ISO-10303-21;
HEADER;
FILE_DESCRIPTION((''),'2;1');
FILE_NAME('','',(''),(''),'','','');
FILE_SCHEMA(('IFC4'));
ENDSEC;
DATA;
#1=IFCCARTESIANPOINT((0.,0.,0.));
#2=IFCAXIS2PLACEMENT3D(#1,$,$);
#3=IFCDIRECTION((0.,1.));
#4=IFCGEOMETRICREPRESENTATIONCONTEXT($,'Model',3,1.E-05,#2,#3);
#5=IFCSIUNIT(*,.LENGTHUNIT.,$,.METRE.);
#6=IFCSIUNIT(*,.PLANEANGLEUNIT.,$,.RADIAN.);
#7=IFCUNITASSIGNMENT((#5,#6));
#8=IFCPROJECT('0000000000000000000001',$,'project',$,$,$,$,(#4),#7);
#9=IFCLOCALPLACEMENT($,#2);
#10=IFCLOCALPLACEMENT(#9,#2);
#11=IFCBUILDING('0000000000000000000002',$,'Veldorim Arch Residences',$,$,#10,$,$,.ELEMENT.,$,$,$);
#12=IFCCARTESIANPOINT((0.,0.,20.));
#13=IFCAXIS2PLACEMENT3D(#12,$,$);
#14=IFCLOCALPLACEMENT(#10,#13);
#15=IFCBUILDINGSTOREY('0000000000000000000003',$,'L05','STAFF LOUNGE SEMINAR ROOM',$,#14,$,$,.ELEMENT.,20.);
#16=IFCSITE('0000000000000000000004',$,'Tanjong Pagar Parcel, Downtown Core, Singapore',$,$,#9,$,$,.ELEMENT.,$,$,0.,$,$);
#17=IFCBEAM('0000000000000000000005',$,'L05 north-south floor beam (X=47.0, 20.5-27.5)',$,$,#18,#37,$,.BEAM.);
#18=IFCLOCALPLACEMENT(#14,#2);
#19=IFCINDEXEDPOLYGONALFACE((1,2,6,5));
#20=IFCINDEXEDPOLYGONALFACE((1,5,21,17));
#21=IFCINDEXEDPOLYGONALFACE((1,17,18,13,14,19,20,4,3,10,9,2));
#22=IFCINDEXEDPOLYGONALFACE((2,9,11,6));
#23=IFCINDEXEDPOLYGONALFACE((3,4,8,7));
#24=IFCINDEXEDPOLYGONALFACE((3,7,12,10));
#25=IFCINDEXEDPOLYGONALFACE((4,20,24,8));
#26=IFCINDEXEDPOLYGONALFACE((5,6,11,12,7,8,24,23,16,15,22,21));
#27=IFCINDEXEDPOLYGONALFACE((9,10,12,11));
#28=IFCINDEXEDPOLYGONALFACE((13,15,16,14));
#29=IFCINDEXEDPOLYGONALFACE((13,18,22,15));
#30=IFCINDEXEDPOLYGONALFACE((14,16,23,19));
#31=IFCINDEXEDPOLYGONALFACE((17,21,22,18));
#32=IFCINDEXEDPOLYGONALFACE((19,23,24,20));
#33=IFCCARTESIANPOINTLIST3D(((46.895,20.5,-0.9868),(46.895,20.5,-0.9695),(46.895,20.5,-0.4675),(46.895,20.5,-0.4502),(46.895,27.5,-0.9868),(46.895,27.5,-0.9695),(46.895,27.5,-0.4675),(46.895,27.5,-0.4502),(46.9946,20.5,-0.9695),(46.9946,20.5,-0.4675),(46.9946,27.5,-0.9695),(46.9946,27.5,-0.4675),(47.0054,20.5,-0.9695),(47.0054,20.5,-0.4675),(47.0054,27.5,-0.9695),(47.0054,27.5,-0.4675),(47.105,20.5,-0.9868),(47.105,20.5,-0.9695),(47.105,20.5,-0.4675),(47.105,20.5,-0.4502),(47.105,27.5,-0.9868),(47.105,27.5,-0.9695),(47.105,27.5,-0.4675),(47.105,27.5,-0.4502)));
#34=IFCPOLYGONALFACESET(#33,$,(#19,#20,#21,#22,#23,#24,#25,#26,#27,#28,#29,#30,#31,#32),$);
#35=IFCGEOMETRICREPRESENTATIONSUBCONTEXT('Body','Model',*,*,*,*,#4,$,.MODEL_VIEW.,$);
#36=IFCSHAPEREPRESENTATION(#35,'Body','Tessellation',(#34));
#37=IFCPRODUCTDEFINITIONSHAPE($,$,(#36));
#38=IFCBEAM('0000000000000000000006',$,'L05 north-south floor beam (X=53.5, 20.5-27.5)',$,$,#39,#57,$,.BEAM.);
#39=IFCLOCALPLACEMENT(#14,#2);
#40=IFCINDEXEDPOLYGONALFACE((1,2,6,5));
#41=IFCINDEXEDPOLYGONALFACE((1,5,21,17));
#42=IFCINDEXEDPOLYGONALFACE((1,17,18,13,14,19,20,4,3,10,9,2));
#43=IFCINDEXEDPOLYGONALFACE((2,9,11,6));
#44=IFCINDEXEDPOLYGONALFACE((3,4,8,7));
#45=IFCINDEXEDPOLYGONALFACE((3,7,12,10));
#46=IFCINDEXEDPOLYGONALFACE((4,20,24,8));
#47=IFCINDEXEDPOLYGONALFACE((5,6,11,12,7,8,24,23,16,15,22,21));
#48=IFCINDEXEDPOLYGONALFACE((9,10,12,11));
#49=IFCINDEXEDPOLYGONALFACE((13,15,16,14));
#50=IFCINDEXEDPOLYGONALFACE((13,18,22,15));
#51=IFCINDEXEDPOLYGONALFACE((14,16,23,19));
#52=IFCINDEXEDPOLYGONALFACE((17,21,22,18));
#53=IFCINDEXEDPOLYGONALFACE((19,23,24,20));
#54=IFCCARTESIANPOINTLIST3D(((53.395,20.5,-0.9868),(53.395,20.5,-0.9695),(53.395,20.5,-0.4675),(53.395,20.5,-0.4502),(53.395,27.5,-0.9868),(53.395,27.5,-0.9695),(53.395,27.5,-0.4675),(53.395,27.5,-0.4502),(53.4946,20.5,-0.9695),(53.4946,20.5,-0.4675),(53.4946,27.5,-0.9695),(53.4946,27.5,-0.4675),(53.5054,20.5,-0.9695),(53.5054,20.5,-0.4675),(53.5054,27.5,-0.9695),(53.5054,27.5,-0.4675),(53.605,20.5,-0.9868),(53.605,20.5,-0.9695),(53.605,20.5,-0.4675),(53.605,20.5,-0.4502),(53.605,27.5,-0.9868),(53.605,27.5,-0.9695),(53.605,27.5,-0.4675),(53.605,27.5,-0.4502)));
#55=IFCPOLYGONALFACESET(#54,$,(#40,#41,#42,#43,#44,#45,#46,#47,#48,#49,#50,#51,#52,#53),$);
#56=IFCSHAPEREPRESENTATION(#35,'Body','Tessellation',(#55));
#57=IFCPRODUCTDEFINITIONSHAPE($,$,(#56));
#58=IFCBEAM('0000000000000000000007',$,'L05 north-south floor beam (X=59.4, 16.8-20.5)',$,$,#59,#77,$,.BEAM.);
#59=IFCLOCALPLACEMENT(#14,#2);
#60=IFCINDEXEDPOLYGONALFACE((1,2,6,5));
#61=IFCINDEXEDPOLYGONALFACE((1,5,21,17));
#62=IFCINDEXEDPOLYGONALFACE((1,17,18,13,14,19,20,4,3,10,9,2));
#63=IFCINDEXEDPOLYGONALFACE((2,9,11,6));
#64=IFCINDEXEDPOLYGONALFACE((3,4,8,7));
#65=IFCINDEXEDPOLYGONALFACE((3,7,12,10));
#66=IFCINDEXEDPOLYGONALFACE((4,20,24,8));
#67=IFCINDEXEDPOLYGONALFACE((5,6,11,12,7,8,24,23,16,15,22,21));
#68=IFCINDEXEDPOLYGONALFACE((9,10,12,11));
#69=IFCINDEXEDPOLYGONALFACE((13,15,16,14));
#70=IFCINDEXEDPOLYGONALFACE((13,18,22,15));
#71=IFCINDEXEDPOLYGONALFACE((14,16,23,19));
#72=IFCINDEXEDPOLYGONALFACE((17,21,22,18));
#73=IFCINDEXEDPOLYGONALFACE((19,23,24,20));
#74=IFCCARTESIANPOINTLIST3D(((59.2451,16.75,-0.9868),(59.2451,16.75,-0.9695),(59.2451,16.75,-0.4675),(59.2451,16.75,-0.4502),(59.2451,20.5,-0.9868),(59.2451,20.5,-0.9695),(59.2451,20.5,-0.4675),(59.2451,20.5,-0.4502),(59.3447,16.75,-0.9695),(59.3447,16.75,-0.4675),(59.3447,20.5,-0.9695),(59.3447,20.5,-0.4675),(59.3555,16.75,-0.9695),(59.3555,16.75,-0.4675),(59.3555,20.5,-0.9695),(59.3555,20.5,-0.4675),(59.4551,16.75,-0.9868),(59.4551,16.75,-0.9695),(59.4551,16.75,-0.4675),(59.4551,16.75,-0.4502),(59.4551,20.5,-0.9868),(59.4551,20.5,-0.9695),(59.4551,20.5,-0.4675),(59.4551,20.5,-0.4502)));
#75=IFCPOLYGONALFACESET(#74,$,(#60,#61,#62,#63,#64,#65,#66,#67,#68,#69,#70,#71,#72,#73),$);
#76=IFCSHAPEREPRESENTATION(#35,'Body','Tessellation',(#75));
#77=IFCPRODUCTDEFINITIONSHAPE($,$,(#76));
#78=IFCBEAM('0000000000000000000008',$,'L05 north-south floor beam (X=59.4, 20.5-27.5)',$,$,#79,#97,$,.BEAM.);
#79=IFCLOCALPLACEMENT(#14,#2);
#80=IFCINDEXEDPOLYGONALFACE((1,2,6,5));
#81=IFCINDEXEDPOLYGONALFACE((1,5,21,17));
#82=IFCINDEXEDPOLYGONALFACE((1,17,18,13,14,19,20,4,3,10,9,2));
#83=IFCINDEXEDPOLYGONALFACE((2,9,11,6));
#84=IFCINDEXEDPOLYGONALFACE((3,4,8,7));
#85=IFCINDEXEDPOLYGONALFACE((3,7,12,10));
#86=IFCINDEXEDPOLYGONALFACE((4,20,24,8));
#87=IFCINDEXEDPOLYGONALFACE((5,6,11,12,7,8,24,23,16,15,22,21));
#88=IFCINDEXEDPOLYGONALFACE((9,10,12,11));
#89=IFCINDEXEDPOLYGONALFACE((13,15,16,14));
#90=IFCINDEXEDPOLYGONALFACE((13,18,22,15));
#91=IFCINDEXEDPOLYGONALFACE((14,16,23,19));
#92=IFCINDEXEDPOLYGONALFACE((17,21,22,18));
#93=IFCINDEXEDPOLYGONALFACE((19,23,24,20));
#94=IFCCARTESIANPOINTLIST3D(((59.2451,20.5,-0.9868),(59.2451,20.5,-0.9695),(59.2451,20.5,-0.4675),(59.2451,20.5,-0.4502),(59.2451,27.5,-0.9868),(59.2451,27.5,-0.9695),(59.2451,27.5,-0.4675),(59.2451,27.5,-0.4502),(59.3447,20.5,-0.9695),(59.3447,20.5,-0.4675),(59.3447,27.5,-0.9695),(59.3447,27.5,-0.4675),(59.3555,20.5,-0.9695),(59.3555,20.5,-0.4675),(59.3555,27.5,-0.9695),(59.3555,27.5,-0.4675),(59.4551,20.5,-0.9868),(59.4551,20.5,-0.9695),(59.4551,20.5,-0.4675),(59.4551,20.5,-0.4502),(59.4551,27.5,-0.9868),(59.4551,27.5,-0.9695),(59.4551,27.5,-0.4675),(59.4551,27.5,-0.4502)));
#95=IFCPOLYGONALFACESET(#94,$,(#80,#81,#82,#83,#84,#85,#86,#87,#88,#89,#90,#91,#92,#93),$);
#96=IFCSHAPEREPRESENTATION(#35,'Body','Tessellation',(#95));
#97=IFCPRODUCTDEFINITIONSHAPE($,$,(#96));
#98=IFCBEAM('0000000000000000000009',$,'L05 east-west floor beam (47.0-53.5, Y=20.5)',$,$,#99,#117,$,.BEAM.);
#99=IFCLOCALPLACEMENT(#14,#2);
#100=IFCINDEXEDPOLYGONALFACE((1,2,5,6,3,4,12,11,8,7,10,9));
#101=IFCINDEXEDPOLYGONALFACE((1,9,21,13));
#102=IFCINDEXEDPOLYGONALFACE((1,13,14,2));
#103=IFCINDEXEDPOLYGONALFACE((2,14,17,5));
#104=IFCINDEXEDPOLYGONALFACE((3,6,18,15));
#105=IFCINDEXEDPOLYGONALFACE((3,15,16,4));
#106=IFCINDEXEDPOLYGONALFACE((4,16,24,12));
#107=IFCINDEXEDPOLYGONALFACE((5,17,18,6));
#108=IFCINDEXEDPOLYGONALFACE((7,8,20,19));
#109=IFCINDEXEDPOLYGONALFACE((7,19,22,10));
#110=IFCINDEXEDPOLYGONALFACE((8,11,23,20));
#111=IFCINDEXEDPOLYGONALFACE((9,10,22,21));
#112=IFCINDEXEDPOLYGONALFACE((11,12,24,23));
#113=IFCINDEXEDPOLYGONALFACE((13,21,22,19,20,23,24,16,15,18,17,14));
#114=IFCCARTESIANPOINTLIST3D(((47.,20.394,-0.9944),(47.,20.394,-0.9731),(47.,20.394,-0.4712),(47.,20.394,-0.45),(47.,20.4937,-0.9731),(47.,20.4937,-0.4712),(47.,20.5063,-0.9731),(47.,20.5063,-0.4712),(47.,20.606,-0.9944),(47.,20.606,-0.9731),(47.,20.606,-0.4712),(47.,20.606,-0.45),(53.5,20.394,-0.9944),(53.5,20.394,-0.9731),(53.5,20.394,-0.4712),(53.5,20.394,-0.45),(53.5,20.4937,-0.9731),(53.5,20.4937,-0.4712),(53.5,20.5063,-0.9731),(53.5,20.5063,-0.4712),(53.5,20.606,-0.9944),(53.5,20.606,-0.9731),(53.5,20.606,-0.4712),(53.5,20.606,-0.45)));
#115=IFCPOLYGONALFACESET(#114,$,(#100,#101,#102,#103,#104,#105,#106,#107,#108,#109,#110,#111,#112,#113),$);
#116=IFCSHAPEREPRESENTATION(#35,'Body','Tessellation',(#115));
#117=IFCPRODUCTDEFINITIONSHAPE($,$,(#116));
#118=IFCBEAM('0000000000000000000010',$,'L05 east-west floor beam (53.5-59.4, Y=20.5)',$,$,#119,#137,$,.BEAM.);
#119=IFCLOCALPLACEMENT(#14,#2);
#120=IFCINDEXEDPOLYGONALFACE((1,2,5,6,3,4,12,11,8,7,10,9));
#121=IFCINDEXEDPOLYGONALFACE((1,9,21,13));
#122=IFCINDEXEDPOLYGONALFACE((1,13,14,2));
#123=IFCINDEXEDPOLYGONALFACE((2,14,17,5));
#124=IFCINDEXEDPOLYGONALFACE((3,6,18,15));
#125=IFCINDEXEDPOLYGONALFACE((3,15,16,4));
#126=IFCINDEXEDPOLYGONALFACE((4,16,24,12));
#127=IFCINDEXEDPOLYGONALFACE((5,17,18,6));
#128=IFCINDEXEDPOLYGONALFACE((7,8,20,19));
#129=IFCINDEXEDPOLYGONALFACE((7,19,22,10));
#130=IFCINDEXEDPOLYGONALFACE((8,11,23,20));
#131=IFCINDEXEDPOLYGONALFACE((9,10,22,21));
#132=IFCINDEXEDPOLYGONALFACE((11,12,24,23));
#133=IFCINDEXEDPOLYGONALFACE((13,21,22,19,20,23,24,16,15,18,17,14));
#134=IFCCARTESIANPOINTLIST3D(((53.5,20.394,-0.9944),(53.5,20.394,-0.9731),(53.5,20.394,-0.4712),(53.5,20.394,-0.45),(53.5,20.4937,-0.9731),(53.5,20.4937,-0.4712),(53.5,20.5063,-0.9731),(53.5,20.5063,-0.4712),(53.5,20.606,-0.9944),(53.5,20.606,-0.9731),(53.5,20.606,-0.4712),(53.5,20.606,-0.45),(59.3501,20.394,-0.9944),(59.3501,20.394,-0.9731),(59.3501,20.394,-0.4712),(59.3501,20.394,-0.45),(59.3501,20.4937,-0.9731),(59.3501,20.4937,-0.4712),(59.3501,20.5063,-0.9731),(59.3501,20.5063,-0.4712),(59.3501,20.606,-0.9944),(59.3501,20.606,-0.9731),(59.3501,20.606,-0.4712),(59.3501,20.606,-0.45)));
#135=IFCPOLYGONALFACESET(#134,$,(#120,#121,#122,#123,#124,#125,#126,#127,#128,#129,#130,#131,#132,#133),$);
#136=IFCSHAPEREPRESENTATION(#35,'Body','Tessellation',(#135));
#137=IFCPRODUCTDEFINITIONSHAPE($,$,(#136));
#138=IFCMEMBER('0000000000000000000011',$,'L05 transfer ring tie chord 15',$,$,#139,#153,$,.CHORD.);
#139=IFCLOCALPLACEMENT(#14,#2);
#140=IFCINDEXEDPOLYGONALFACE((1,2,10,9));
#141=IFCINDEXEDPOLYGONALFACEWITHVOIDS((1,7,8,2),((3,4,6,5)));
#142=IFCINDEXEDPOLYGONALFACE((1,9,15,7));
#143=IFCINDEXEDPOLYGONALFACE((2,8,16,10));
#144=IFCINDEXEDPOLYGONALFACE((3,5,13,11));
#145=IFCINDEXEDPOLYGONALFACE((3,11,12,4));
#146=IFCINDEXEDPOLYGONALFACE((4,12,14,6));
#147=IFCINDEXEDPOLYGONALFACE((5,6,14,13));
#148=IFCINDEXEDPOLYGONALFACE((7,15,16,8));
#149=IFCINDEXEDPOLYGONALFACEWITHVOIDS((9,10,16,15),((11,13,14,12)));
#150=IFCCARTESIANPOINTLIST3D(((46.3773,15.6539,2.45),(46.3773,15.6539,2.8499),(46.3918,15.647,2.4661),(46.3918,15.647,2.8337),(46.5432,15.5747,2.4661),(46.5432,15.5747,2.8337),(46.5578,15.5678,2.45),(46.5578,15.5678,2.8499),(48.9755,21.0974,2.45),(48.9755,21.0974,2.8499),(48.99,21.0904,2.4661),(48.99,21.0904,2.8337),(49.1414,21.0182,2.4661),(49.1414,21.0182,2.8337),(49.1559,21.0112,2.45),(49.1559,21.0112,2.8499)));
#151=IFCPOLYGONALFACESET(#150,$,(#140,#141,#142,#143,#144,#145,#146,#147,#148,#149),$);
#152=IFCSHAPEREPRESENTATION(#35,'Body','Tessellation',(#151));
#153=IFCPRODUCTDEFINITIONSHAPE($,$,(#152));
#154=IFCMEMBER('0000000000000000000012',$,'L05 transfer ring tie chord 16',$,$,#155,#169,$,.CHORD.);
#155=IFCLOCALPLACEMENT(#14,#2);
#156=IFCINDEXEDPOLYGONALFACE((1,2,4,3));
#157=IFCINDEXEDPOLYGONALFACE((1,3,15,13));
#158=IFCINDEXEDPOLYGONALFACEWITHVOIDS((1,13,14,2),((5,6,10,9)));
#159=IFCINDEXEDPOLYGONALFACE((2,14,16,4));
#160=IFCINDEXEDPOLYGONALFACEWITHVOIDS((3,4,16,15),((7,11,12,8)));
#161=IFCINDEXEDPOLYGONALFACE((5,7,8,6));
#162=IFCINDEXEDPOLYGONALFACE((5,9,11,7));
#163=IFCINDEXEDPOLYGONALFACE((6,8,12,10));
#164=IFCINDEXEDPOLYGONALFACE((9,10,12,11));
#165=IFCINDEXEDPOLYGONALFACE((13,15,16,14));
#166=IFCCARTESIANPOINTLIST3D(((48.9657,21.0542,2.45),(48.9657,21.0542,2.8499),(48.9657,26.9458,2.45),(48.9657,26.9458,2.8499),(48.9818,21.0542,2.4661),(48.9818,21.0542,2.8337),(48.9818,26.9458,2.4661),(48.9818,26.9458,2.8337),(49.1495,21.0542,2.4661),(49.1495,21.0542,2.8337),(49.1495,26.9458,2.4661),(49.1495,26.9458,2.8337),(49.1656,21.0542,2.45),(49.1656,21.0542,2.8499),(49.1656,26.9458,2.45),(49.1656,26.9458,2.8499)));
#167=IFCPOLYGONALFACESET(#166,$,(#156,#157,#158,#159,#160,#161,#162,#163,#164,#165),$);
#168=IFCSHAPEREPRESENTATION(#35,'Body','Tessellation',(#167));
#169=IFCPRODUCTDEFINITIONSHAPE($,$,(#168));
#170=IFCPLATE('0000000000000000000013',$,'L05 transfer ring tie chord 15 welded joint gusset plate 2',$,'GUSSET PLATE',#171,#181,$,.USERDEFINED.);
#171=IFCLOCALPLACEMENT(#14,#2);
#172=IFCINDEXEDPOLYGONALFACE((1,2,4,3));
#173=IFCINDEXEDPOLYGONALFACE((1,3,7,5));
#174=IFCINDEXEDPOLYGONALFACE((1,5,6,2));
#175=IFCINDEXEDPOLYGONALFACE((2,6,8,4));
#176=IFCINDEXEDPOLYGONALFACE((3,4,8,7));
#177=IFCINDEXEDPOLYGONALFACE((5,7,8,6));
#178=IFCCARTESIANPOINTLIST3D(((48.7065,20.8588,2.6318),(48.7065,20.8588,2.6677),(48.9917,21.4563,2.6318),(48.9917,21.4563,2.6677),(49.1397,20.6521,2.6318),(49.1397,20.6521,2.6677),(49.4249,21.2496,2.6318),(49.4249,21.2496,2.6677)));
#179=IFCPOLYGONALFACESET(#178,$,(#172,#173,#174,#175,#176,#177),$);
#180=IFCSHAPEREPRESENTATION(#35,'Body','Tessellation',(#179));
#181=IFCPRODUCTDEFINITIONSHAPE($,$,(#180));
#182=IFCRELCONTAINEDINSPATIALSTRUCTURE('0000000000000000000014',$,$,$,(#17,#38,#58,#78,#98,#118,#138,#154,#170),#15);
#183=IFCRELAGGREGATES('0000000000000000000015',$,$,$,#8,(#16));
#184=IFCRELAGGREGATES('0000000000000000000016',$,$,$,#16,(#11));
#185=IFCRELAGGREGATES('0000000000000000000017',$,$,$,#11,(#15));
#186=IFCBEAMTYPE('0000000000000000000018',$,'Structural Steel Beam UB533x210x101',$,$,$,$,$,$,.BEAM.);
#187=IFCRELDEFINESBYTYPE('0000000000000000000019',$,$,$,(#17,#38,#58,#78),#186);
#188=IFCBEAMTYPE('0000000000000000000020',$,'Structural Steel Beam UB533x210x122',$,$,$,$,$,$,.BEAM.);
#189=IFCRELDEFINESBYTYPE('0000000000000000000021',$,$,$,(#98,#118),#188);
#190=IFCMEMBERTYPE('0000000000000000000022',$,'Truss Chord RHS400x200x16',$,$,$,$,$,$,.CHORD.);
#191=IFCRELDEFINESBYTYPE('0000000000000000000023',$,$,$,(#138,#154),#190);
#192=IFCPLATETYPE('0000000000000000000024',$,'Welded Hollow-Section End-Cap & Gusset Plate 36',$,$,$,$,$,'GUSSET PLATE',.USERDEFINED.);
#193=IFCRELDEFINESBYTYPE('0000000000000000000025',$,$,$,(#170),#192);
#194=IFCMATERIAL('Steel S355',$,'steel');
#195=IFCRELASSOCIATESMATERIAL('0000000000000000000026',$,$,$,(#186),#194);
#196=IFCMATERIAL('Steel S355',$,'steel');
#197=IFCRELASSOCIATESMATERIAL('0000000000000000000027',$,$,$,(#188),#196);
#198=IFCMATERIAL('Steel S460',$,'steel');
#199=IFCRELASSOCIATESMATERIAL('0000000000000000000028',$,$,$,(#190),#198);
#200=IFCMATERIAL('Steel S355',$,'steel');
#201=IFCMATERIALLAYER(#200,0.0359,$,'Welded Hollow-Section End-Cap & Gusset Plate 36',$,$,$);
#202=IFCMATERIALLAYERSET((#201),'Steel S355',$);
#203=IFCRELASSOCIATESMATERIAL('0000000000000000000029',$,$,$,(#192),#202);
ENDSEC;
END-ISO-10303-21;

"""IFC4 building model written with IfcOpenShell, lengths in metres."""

from ifc_helpers import new_model, si_unit, direction, frame, origin, origin_2d, place, context, subcontext, project, spatial, rectangle, hollow_rectangle, i_section, extrude, material, layer, layer_set, material_profile, profile_set, type_object, element, save


model = new_model("IFC4")

# Units and contexts
model_context = context("Model", 3, precision=1e-05, world=origin(), true_north=direction((0.0, 1.0)))
body_context = subcontext(model_context, "Body", "Model", "MODEL_VIEW")
ifc_project = project(units=[si_unit("LENGTHUNIT", "METRE"), si_unit("PLANEANGLEUNIT", "RADIAN")], contexts=[model_context])

# Site, building, storey
site_placement = place(None, origin())
site = spatial("IfcSite", under=ifc_project, at=site_placement, Name="Tanjong Pagar Parcel, Downtown Core, Singapore", CompositionType="ELEMENT", RefElevation=0.0)
building_placement = place(site_placement, origin())
building = spatial("IfcBuilding", under=site, at=building_placement, Name="Veldorim Arch Residences", CompositionType="ELEMENT")
storey_placement = place(building_placement, frame((0.0, 0.0, 20.0)))
storey = spatial("IfcBuildingStorey", under=building, at=storey_placement, Name="L05", Description="STAFF LOUNGE SEMINAR ROOM", CompositionType="ELEMENT", Elevation=20.0)

# Beams
ifc_material_1 = material(Name="Steel S355", Category="steel")
ifc_material_profile_1 = material_profile(ifc_material_1, i_section(OverallWidth=0.21, OverallDepth=0.5366, WebThickness=0.0107, FlangeThickness=0.0173, at=origin_2d()), Name="UB533x210x101")
ifc_profile_set_1 = profile_set([ifc_material_profile_1], Name="Steel S355")
beam_type_1 = type_object("IfcBeamType", Name="Structural Steel Beam UB533x210x101", PredefinedType="BEAM", material=ifc_profile_set_1)
for number, where, z_axis, x_axis, name in (
    (1, (47.0, 20.5, -0.7185), (0.0, 1.0, 0.0), (-1.0, 0.0, 0.0), "L05 north-south floor beam (X=47.0, 20.5-27.5)"),
    (2, (53.5, 20.5, -0.7185), (0.0, 1.0, 0.0), (-1.0, 0.0, 0.0), "L05 north-south floor beam (X=53.5, 20.5-27.5)"),
):
    element("IfcBeam", number, at=place(storey_placement, frame(where, z_axis=z_axis, x_axis=x_axis)), inside=storey, type_object=beam_type_1, Name=name, PredefinedType="BEAM", context=body_context, shape_type="SweptSolid", body=[
        extrude(i_section(OverallWidth=0.21, OverallDepth=0.5366, WebThickness=0.0107, FlangeThickness=0.0173, at=origin_2d()), origin(), (0.0, 0.0, 1.0), 7.0),
    ])
beam_1_placement = place(storey_placement, frame((59.3501, 16.75, -0.7185), z_axis=(0.0, 1.0, 0.0), x_axis=(-1.0, 0.0, 0.0)))
element("IfcBeam", 3, at=beam_1_placement, inside=storey, type_object=beam_type_1, Name="L05 north-south floor beam (X=59.4, 16.8-20.5)", PredefinedType="BEAM", context=body_context, shape_type="SweptSolid", body=[
    extrude(i_section(OverallWidth=0.21, OverallDepth=0.5366, WebThickness=0.0107, FlangeThickness=0.0173, at=origin_2d()), origin(), (0.0, 0.0, 1.0), 3.75),
])
beam_2_placement = place(storey_placement, frame((59.3501, 20.5, -0.7185), z_axis=(0.0, 1.0, 0.0), x_axis=(-1.0, 0.0, 0.0)))
element("IfcBeam", 4, at=beam_2_placement, inside=storey, type_object=beam_type_1, Name="L05 north-south floor beam (X=59.4, 20.5-27.5)", PredefinedType="BEAM", context=body_context, shape_type="SweptSolid", body=[
    extrude(i_section(OverallWidth=0.21, OverallDepth=0.5366, WebThickness=0.0107, FlangeThickness=0.0173, at=origin_2d()), origin(), (0.0, 0.0, 1.0), 7.0),
])
ifc_material_2 = material(Name="Steel S355", Category="steel")
ifc_material_profile_2 = material_profile(ifc_material_2, i_section(OverallWidth=0.2119, OverallDepth=0.5444, WebThickness=0.0127, FlangeThickness=0.0212, at=origin_2d()), Name="UB533x210x122")
ifc_profile_set_2 = profile_set([ifc_material_profile_2], Name="Steel S355")
beam_type_2 = type_object("IfcBeamType", Name="Structural Steel Beam UB533x210x122", PredefinedType="BEAM", material=ifc_profile_set_2)
beam_3_placement = place(storey_placement, frame((47.0, 20.5, -0.7222), z_axis=(1.0, 0.0, 0.0), x_axis=(0.0, 1.0, 0.0)))
element("IfcBeam", 5, at=beam_3_placement, inside=storey, type_object=beam_type_2, Name="L05 east-west floor beam (47.0-53.5, Y=20.5)", PredefinedType="BEAM", context=body_context, shape_type="SweptSolid", body=[
    extrude(i_section(OverallWidth=0.2119, OverallDepth=0.5444, WebThickness=0.0127, FlangeThickness=0.0212, at=origin_2d()), origin(), (0.0, 0.0, 1.0), 6.5),
])
beam_4_placement = place(storey_placement, frame((53.5, 20.5, -0.7222), z_axis=(1.0, 0.0, 0.0), x_axis=(0.0, 1.0, 0.0)))
element("IfcBeam", 6, at=beam_4_placement, inside=storey, type_object=beam_type_2, Name="L05 east-west floor beam (53.5-59.4, Y=20.5)", PredefinedType="BEAM", context=body_context, shape_type="SweptSolid", body=[
    extrude(i_section(OverallWidth=0.2119, OverallDepth=0.5444, WebThickness=0.0127, FlangeThickness=0.0212, at=origin_2d()), origin(), (0.0, 0.0, 1.0), 5.8501),
])

# Members
ifc_material_3 = material(Name="Steel S460", Category="steel")
ifc_material_profile_3 = material_profile(ifc_material_3, hollow_rectangle(XDim=0.2, YDim=0.3999, WallThickness=0.0161, at=origin_2d()), Name="RHS400x200x16")
ifc_profile_set_3 = profile_set([ifc_material_profile_3], Name="Steel S460")
member_type = type_object("IfcMemberType", Name="Truss Chord RHS400x200x16", PredefinedType="CHORD", material=ifc_profile_set_3)
member_1_placement = place(storey_placement, frame((46.4675, 15.6108, 2.6499), z_axis=(0.430754, 0.90247, 0.0), x_axis=(-0.90247, 0.430754, 0.0)))
element("IfcMember", 7, at=member_1_placement, inside=storey, type_object=member_type, Name="L05 transfer ring tie chord 15", PredefinedType="CHORD", context=body_context, shape_type="SweptSolid", body=[
    extrude(hollow_rectangle(XDim=0.2, YDim=0.3999, WallThickness=0.0161, at=origin_2d()), origin(), (0.0, 0.0, 1.0), 6.0317),
])
member_2_placement = place(storey_placement, frame((49.0657, 21.0542, 2.6499), z_axis=(0.0, 1.0, 0.0), x_axis=(-1.0, 0.0, 0.0)))
element("IfcMember", 8, at=member_2_placement, inside=storey, type_object=member_type, Name="L05 transfer ring tie chord 16", PredefinedType="CHORD", context=body_context, shape_type="SweptSolid", body=[
    extrude(hollow_rectangle(XDim=0.2, YDim=0.3999, WallThickness=0.0161, at=origin_2d()), origin(), (0.0, 0.0, 1.0), 5.8916),
])

# Plate
ifc_material_4 = material(Name="Steel S355", Category="steel")
ifc_layer_1 = layer(ifc_material_4, 0.0359, Name="Welded Hollow-Section End-Cap & Gusset Plate 36")
ifc_layer_set_1 = layer_set([ifc_layer_1], Name="Steel S355")
plate_type = type_object("IfcPlateType", Name="Welded Hollow-Section End-Cap & Gusset Plate 36", ElementType="GUSSET PLATE", PredefinedType="USERDEFINED", material=ifc_layer_set_1)
plate_placement = place(storey_placement, frame((49.0657, 21.0542, 2.6318), z_axis=(0.0, 0.0, 1.0), x_axis=(0.430763, 0.902465, 0.0)))
element("IfcPlate", 9, at=plate_placement, inside=storey, type_object=plate_type, Name="L05 transfer ring tie chord 15 welded joint gusset plate 2", ObjectType="GUSSET PLATE", PredefinedType="USERDEFINED", context=body_context, shape_type="SweptSolid", body=[
    extrude(rectangle(XDim=0.6621, YDim=0.48, at=origin_2d()), origin(), (0.0, 0.0, 1.0), 0.0359),
])

save(model, "model.ifc")
